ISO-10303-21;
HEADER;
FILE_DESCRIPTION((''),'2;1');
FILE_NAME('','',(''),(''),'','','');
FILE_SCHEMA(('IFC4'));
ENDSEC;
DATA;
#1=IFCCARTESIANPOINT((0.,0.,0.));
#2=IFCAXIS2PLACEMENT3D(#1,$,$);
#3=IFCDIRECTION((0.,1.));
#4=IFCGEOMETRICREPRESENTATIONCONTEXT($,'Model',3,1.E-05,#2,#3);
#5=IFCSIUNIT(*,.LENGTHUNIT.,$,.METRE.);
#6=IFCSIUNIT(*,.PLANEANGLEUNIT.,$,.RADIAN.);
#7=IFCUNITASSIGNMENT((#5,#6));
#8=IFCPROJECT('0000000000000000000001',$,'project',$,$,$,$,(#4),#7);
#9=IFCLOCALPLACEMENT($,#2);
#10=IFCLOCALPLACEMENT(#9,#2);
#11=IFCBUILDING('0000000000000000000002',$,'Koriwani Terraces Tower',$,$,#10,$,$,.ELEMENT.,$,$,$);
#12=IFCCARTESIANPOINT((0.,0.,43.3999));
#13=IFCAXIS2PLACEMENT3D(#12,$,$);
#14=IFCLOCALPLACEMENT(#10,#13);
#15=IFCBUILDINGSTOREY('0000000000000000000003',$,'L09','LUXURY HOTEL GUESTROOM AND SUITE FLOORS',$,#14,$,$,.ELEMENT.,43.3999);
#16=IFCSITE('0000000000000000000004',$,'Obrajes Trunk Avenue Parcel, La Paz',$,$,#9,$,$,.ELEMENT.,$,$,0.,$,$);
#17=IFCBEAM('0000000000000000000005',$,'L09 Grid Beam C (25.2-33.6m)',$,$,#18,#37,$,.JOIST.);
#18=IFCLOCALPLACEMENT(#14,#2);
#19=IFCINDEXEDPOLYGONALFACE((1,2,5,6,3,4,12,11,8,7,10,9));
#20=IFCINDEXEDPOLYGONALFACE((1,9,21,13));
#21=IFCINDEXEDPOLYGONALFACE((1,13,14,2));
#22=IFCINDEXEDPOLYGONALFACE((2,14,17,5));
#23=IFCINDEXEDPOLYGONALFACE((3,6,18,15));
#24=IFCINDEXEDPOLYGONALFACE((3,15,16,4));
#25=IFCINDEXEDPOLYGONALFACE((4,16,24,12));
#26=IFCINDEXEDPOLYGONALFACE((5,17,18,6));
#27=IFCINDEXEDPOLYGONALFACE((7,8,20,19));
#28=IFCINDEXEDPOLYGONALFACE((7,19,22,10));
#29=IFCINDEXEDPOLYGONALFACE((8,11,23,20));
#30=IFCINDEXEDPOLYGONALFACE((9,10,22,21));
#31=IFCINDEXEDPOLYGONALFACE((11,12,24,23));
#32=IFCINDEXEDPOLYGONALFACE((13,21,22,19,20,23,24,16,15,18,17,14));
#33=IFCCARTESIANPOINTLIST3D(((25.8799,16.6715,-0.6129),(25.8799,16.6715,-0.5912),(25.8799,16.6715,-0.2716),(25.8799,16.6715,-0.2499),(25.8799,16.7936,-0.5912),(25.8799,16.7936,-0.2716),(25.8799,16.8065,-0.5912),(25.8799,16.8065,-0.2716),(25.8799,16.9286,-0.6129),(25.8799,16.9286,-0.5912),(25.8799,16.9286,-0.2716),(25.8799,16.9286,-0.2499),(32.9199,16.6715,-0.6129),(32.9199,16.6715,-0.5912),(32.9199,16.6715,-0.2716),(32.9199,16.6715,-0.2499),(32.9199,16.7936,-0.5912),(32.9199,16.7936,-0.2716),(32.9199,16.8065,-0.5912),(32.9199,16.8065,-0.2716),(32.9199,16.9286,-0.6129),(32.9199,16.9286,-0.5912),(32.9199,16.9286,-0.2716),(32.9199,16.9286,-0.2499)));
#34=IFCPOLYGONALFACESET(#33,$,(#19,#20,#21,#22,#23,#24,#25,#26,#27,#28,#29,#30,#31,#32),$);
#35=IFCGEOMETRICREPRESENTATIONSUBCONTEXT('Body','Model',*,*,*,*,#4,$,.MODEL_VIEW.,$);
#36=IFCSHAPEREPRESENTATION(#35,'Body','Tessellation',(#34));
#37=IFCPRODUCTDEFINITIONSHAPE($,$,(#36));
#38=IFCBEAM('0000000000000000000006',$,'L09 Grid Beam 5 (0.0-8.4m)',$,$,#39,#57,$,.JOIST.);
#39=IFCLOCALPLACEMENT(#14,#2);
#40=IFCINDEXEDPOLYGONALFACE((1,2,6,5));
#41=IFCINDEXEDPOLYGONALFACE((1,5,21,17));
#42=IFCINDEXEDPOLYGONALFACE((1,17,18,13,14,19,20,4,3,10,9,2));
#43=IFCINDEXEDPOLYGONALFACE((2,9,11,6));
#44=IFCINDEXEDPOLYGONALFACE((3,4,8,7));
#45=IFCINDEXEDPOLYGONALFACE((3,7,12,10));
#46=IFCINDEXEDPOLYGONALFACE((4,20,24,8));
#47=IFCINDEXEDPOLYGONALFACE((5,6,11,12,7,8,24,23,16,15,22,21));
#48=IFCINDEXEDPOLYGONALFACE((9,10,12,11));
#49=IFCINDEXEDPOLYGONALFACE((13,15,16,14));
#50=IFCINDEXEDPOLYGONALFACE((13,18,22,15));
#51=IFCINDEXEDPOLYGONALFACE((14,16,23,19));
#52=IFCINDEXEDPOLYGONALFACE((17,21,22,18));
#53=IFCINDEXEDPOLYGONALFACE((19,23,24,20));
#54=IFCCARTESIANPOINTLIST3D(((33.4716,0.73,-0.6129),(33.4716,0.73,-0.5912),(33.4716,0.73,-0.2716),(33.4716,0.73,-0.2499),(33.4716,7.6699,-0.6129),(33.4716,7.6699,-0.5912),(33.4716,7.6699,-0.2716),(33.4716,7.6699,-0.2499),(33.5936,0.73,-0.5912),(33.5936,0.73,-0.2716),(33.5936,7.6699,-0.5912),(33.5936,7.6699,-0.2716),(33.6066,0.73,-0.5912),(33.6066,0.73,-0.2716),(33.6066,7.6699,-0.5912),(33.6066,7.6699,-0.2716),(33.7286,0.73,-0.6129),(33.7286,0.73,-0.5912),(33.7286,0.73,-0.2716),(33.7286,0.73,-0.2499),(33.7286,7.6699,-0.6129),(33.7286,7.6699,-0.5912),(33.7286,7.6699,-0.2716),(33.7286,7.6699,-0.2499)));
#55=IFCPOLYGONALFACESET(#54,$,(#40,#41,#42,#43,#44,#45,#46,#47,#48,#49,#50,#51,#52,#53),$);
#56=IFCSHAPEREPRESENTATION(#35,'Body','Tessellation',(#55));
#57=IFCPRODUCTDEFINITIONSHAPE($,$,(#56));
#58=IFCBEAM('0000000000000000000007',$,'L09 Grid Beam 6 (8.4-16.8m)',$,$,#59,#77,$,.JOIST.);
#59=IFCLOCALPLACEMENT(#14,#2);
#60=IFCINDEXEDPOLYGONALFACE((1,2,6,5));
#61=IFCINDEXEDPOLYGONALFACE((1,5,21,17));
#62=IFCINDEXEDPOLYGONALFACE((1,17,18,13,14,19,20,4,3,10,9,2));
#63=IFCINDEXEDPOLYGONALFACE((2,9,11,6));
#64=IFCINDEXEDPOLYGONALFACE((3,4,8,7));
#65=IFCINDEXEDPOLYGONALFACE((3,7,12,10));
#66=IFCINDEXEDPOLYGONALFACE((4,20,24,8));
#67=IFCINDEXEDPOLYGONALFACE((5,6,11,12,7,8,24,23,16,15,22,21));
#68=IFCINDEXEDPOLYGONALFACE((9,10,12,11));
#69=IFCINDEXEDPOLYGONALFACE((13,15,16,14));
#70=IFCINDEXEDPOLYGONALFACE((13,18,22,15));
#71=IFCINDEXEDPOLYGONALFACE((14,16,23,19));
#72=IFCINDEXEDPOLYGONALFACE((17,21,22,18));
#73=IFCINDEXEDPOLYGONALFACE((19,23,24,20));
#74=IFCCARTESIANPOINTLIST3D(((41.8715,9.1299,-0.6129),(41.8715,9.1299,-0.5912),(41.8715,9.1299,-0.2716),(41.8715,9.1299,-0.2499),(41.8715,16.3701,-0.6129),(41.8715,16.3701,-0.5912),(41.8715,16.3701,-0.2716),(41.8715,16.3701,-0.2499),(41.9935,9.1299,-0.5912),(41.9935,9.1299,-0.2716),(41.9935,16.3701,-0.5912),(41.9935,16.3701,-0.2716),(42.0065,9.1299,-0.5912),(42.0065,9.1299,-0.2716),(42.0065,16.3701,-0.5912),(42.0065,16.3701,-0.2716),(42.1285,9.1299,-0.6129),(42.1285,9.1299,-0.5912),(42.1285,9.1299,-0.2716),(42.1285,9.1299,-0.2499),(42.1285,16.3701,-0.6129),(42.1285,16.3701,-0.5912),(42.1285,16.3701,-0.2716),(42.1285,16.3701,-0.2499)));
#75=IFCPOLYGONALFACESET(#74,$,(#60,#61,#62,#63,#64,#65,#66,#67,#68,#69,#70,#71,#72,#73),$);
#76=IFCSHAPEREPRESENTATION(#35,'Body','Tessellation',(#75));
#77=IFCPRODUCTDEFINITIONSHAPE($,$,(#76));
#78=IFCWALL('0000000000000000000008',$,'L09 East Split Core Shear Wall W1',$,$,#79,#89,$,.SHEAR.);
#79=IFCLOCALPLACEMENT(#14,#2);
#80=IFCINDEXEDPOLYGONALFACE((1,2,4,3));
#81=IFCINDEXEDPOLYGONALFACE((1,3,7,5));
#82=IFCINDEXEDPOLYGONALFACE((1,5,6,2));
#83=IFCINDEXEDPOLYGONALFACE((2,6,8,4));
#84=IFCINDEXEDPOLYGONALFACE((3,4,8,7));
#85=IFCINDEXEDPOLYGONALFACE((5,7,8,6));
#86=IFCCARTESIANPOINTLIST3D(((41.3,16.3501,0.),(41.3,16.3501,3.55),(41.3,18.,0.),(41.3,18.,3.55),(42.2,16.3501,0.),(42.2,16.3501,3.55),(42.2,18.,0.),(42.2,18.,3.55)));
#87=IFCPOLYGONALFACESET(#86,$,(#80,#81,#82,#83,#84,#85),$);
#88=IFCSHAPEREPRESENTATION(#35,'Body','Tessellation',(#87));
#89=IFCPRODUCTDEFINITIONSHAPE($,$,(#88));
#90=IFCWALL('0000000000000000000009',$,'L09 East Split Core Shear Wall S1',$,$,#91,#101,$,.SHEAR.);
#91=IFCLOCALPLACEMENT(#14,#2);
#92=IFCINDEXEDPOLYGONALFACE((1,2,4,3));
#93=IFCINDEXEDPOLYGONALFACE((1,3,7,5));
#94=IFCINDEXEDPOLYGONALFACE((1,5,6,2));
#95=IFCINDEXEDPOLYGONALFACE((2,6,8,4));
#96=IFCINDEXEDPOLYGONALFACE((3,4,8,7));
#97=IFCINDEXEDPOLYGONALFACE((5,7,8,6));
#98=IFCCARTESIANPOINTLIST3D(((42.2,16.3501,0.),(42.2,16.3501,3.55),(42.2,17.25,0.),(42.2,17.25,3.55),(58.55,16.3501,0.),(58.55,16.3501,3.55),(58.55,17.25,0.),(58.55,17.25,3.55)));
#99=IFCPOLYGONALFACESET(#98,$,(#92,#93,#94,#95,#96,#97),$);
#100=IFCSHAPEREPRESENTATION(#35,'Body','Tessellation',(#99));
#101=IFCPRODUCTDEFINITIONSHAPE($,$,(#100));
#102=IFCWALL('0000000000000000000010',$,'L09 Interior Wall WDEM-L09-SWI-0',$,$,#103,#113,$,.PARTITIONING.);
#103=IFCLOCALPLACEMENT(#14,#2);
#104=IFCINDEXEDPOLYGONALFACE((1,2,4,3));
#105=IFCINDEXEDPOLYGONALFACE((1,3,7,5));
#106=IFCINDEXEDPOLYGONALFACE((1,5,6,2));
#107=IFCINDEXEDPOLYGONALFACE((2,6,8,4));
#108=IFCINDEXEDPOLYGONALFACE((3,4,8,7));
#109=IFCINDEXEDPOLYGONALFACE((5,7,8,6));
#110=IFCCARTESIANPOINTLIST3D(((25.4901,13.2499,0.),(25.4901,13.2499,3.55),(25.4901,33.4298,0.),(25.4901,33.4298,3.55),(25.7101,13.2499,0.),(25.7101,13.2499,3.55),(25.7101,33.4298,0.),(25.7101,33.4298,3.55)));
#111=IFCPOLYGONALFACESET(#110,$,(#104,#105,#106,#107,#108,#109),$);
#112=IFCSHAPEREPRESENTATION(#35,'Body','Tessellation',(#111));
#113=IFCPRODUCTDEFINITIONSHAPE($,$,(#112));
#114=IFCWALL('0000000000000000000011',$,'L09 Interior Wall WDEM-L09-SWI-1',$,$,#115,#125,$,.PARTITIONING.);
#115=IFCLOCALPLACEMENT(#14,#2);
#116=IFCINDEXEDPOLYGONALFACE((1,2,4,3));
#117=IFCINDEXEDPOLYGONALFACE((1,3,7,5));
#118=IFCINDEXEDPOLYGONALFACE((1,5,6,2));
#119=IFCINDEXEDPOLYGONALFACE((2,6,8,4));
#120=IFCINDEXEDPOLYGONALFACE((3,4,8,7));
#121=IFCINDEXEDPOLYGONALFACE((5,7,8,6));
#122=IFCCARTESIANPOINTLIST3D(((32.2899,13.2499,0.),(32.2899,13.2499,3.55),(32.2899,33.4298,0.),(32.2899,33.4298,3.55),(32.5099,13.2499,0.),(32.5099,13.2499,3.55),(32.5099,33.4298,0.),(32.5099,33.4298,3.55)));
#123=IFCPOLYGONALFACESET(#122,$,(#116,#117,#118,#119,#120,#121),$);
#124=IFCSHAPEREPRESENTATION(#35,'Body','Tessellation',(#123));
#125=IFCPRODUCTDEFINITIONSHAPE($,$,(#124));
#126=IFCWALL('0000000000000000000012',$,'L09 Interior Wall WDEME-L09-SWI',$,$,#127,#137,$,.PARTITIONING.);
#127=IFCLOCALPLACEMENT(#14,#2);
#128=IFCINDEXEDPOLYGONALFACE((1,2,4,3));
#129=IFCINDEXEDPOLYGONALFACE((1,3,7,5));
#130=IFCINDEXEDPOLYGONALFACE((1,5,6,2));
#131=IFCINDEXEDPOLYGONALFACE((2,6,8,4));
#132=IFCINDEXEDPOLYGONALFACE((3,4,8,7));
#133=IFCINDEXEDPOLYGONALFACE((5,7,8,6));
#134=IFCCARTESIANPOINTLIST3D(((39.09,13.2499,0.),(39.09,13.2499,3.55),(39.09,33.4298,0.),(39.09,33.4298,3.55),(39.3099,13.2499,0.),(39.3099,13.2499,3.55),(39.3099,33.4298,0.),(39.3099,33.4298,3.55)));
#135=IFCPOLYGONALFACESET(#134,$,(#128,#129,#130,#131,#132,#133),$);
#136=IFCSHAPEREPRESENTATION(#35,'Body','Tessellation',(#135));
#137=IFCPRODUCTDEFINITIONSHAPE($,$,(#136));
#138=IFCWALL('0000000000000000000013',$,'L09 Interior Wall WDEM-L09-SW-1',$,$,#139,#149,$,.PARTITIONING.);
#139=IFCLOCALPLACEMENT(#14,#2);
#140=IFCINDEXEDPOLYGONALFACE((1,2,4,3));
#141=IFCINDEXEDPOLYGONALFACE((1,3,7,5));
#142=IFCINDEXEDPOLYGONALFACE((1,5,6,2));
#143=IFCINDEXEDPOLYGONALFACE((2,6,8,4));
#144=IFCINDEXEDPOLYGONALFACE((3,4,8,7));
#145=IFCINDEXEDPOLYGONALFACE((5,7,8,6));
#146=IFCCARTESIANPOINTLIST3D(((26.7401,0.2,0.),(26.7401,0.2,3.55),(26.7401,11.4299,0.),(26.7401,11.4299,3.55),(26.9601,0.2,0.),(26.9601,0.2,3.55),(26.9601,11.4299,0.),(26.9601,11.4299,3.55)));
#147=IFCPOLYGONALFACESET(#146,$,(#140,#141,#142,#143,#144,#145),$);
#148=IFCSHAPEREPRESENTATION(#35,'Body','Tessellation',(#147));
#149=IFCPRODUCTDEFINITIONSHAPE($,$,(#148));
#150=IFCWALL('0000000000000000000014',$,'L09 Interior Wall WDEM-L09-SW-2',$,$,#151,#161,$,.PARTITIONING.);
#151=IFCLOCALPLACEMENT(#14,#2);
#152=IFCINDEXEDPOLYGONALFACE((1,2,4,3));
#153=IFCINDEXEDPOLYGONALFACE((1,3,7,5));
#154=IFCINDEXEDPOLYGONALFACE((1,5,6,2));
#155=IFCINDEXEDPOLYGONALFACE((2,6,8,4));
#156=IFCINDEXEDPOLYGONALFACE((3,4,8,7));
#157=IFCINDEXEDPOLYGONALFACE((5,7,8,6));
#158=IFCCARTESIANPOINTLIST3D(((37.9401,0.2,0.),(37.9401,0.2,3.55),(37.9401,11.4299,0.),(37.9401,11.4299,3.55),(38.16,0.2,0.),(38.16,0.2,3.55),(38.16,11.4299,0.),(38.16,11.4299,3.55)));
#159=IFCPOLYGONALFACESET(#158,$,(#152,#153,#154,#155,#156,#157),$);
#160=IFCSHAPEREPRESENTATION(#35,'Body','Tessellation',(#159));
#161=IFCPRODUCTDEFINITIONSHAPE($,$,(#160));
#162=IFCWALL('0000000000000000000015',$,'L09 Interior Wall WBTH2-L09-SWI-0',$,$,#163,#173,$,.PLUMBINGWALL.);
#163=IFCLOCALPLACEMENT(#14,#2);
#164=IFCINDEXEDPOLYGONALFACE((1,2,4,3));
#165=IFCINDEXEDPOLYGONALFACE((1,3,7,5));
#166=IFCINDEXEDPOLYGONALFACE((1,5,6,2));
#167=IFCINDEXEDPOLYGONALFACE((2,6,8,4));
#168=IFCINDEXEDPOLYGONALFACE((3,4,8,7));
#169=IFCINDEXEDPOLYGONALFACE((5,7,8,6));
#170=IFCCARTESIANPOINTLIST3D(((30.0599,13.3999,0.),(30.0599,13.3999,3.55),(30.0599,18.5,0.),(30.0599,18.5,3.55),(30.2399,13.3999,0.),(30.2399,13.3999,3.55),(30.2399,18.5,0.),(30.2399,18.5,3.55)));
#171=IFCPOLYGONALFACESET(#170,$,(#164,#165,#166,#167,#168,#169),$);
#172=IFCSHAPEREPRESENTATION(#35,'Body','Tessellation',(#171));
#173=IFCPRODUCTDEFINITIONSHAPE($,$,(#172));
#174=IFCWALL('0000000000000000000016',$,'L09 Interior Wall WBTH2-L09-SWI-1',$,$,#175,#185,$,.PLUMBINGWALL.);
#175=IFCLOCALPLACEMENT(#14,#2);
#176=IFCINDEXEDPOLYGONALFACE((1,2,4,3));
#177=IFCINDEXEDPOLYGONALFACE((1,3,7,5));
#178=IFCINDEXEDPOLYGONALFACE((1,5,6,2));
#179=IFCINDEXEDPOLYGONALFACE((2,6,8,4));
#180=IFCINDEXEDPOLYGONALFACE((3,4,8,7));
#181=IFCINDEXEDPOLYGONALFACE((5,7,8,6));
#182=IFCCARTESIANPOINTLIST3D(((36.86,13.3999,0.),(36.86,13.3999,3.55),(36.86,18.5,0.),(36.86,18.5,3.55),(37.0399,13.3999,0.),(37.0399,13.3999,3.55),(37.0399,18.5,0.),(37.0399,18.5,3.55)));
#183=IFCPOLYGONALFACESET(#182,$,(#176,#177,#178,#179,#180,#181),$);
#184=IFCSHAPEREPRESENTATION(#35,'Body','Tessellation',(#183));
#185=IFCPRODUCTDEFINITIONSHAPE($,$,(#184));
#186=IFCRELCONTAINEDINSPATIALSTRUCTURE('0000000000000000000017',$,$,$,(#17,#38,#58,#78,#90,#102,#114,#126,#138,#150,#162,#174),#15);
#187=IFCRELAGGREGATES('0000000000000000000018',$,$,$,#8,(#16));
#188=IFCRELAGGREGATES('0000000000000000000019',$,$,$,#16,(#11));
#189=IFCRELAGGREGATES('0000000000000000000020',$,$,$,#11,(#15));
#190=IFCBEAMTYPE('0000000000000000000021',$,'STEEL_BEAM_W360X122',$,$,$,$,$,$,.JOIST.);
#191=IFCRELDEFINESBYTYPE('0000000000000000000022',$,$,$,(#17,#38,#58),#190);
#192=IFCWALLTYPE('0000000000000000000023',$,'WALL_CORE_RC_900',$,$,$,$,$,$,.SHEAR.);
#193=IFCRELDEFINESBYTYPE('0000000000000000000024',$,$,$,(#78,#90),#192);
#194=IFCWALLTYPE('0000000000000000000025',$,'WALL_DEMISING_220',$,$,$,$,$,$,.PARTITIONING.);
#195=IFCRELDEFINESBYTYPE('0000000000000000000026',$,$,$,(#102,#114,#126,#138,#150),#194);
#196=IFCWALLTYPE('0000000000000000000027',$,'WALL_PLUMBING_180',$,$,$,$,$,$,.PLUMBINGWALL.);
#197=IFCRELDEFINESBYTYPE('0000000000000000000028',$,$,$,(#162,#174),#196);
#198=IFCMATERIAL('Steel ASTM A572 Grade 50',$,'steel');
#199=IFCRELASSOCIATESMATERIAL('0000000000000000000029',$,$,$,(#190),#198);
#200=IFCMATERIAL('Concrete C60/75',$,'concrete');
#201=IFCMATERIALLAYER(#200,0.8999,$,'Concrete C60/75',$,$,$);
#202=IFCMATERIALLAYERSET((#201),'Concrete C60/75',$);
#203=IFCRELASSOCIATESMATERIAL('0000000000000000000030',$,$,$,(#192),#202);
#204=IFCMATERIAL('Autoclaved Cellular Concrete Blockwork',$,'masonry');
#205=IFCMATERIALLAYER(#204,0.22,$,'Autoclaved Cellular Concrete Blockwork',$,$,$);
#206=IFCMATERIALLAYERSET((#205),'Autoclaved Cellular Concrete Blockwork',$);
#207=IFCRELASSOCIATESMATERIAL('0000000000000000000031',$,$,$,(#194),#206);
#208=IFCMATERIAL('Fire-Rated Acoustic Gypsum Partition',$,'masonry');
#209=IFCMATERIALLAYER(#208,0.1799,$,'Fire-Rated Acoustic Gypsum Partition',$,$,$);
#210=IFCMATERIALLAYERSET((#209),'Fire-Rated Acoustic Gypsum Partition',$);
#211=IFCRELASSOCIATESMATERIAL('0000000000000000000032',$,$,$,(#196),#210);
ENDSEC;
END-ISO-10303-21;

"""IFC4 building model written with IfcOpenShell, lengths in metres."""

from ifc_helpers import new_model, si_unit, direction, frame, frame_2d, origin, origin_2d, place, context, subcontext, project, spatial, rectangle, i_section, extrude, material, layer, layer_set, material_profile, profile_set, type_object, element, save


model = new_model("IFC4")

# Units and contexts
model_context = context("Model", 3, precision=1e-05, world=origin(), true_north=direction((0.0, 1.0)))
body_context = subcontext(model_context, "Body", "Model", "MODEL_VIEW")
ifc_project = project(units=[si_unit("LENGTHUNIT", "METRE"), si_unit("PLANEANGLEUNIT", "RADIAN")], contexts=[model_context])

# Site, building, storey
site_placement = place(None, origin())
site = spatial("IfcSite", under=ifc_project, at=site_placement, Name="Obrajes Trunk Avenue Parcel, La Paz", CompositionType="ELEMENT", RefElevation=0.0)
building_placement = place(site_placement, origin())
building = spatial("IfcBuilding", under=site, at=building_placement, Name="Koriwani Terraces Tower", CompositionType="ELEMENT")
storey_placement = place(building_placement, frame((0.0, 0.0, 43.3999)))
storey = spatial("IfcBuildingStorey", under=building, at=storey_placement, Name="L09", Description="LUXURY HOTEL GUESTROOM AND SUITE FLOORS", CompositionType="ELEMENT", Elevation=43.3999)

# Shared definitions
ifc_material_1 = material(Name="Concrete C60/75", Category="concrete")

# Beams
ifc_material_2 = material(Name="Steel ASTM A572 Grade 50", Category="steel")
ifc_material_profile_1 = material_profile(ifc_material_2, i_section(OverallWidth=0.2571, OverallDepth=0.363, WebThickness=0.0129, FlangeThickness=0.0217, at=origin_2d()), Name="Steel ASTM A572 Grade 50", Category="LoadBearing")
ifc_profile_set_1 = profile_set([ifc_material_profile_1], Name="Steel ASTM A572 Grade 50")
beam_type_1 = type_object("IfcBeamType", Name="STEEL_BEAM_W360X122", PredefinedType="JOIST", material=ifc_profile_set_1)
beam_1_placement = place(storey_placement, frame((25.8799, 16.8, -0.4314), z_axis=(1.0, 0.0, 0.0), x_axis=(0.0, 1.0, 0.0)))
element("IfcBeam", 1, at=beam_1_placement, inside=storey, type_object=beam_type_1, Name="L09 Grid Beam C (25.2-33.6m)", PredefinedType="JOIST", context=body_context, shape_type="SweptSolid", body=[
    extrude(i_section(OverallWidth=0.2571, OverallDepth=0.363, WebThickness=0.0129, FlangeThickness=0.0217, at=origin_2d()), origin(), (0.0, 0.0, 1.0), 7.04),
])
beam_2_placement = place(storey_placement, frame((33.6001, 0.73, -0.4314), z_axis=(0.0, 1.0, 0.0), x_axis=(-1.0, 0.0, 0.0)))
element("IfcBeam", 2, at=beam_2_placement, inside=storey, type_object=beam_type_1, Name="L09 Grid Beam 5 (0.0-8.4m)", PredefinedType="JOIST", context=body_context, shape_type="SweptSolid", body=[
    extrude(i_section(OverallWidth=0.2571, OverallDepth=0.363, WebThickness=0.0129, FlangeThickness=0.0217, at=origin_2d()), origin(), (0.0, 0.0, 1.0), 6.9399),
])
beam_3_placement = place(storey_placement, frame((42.0, 9.1299, -0.4314), z_axis=(0.0, 1.0, 0.0), x_axis=(-1.0, 0.0, 0.0)))
element("IfcBeam", 3, at=beam_3_placement, inside=storey, type_object=beam_type_1, Name="L09 Grid Beam 6 (8.4-16.8m)", PredefinedType="JOIST", context=body_context, shape_type="SweptSolid", body=[
    extrude(i_section(OverallWidth=0.2571, OverallDepth=0.363, WebThickness=0.0129, FlangeThickness=0.0217, at=origin_2d()), origin(), (0.0, 0.0, 1.0), 7.2402),
])

# Walls
ifc_layer_1 = layer(ifc_material_1, 0.8999, Name="Concrete C60/75")
ifc_layer_set_1 = layer_set([ifc_layer_1], Name="Concrete C60/75")
wall_type_1 = type_object("IfcWallType", Name="WALL_CORE_RC_900", PredefinedType="SHEAR", material=ifc_layer_set_1)
wall_1_placement = place(storey_placement, frame((41.75, 16.3501, 0.0), z_axis=(0.0, 0.0, 1.0), x_axis=(0.0, 1.0, 0.0)))
element("IfcWall", 4, at=wall_1_placement, inside=storey, type_object=wall_type_1, Name="L09 East Split Core Shear Wall W1", PredefinedType="SHEAR", context=body_context, shape_type="SweptSolid", body=[
    extrude(rectangle(XDim=1.6499, YDim=0.8999, at=frame_2d((0.825, 0.0))), origin(), (0.0, 0.0, 1.0), 3.55),
])
wall_2_placement = place(storey_placement, frame((42.2, 16.8, 0.0), z_axis=(0.0, 0.0, 1.0), x_axis=(1.0, 0.0, 0.0)))
element("IfcWall", 5, at=wall_2_placement, inside=storey, type_object=wall_type_1, Name="L09 East Split Core Shear Wall S1", PredefinedType="SHEAR", context=body_context, shape_type="SweptSolid", body=[
    extrude(rectangle(XDim=16.3501, YDim=0.8999, at=frame_2d((8.175, 0.0))), origin(), (0.0, 0.0, 1.0), 3.55),
])
ifc_material_3 = material(Name="Autoclaved Cellular Concrete Blockwork", Category="masonry")
ifc_layer_2 = layer(ifc_material_3, 0.22, Name="Autoclaved Cellular Concrete Blockwork")
ifc_layer_set_2 = layer_set([ifc_layer_2], Name="Autoclaved Cellular Concrete Blockwork")
wall_type_2 = type_object("IfcWallType", Name="WALL_DEMISING_220", PredefinedType="PARTITIONING", material=ifc_layer_set_2)
for number, where, z_axis, x_axis, name in (
    (6, (25.6001, 13.25, 0.0), (0.0, 0.0, 1.0), (0.0, 1.0, 0.0), "L09 Interior Wall WDEM-L09-SWI-0"),
    (7, (32.3999, 13.25, 0.0), (0.0, 0.0, 1.0), (0.0, 1.0, 0.0), "L09 Interior Wall WDEM-L09-SWI-1"),
    (8, (39.2, 13.25, 0.0), (0.0, 0.0, 1.0), (0.0, 1.0, 0.0), "L09 Interior Wall WDEME-L09-SWI"),
):
    element("IfcWall", number, at=place(storey_placement, frame(where, z_axis=z_axis, x_axis=x_axis)), inside=storey, type_object=wall_type_2, Name=name, PredefinedType="PARTITIONING", context=body_context, shape_type="SweptSolid", body=[
        extrude(rectangle(XDim=20.1799, YDim=0.22, at=frame_2d((10.0898, 0.0))), origin(), (0.0, 0.0, 1.0), 3.55),
    ])
for number, where, z_axis, x_axis, name in (
    (9, (26.8501, 0.2, 0.0), (0.0, 0.0, 1.0), (0.0, 1.0, 0.0), "L09 Interior Wall WDEM-L09-SW-1"),
    (10, (38.05, 0.2, 0.0), (0.0, 0.0, 1.0), (0.0, 1.0, 0.0), "L09 Interior Wall WDEM-L09-SW-2"),
):
    element("IfcWall", number, at=place(storey_placement, frame(where, z_axis=z_axis, x_axis=x_axis)), inside=storey, type_object=wall_type_2, Name=name, PredefinedType="PARTITIONING", context=body_context, shape_type="SweptSolid", body=[
        extrude(rectangle(XDim=11.23, YDim=0.22, at=frame_2d((5.615, 0.0))), origin(), (0.0, 0.0, 1.0), 3.55),
    ])
ifc_material_4 = material(Name="Fire-Rated Acoustic Gypsum Partition", Category="masonry")
ifc_layer_3 = layer(ifc_material_4, 0.1799, Name="Fire-Rated Acoustic Gypsum Partition")
ifc_layer_set_3 = layer_set([ifc_layer_3], Name="Fire-Rated Acoustic Gypsum Partition")
wall_type_3 = type_object("IfcWallType", Name="WALL_PLUMBING_180", PredefinedType="PLUMBINGWALL", material=ifc_layer_set_3)
for number, where, z_axis, x_axis, name in (
    (11, (30.1499, 13.3999, 0.0), (0.0, 0.0, 1.0), (0.0, 1.0, 0.0), "L09 Interior Wall WBTH2-L09-SWI-0"),
    (12, (36.95, 13.3999, 0.0), (0.0, 0.0, 1.0), (0.0, 1.0, 0.0), "L09 Interior Wall WBTH2-L09-SWI-1"),
):
    element("IfcWall", number, at=place(storey_placement, frame(where, z_axis=z_axis, x_axis=x_axis)), inside=storey, type_object=wall_type_3, Name=name, PredefinedType="PLUMBINGWALL", context=body_context, shape_type="SweptSolid", body=[
        extrude(rectangle(XDim=5.1001, YDim=0.1799, at=frame_2d((2.55, 0.0))), origin(), (0.0, 0.0, 1.0), 3.55),
    ])

save(model, "model.ifc")
